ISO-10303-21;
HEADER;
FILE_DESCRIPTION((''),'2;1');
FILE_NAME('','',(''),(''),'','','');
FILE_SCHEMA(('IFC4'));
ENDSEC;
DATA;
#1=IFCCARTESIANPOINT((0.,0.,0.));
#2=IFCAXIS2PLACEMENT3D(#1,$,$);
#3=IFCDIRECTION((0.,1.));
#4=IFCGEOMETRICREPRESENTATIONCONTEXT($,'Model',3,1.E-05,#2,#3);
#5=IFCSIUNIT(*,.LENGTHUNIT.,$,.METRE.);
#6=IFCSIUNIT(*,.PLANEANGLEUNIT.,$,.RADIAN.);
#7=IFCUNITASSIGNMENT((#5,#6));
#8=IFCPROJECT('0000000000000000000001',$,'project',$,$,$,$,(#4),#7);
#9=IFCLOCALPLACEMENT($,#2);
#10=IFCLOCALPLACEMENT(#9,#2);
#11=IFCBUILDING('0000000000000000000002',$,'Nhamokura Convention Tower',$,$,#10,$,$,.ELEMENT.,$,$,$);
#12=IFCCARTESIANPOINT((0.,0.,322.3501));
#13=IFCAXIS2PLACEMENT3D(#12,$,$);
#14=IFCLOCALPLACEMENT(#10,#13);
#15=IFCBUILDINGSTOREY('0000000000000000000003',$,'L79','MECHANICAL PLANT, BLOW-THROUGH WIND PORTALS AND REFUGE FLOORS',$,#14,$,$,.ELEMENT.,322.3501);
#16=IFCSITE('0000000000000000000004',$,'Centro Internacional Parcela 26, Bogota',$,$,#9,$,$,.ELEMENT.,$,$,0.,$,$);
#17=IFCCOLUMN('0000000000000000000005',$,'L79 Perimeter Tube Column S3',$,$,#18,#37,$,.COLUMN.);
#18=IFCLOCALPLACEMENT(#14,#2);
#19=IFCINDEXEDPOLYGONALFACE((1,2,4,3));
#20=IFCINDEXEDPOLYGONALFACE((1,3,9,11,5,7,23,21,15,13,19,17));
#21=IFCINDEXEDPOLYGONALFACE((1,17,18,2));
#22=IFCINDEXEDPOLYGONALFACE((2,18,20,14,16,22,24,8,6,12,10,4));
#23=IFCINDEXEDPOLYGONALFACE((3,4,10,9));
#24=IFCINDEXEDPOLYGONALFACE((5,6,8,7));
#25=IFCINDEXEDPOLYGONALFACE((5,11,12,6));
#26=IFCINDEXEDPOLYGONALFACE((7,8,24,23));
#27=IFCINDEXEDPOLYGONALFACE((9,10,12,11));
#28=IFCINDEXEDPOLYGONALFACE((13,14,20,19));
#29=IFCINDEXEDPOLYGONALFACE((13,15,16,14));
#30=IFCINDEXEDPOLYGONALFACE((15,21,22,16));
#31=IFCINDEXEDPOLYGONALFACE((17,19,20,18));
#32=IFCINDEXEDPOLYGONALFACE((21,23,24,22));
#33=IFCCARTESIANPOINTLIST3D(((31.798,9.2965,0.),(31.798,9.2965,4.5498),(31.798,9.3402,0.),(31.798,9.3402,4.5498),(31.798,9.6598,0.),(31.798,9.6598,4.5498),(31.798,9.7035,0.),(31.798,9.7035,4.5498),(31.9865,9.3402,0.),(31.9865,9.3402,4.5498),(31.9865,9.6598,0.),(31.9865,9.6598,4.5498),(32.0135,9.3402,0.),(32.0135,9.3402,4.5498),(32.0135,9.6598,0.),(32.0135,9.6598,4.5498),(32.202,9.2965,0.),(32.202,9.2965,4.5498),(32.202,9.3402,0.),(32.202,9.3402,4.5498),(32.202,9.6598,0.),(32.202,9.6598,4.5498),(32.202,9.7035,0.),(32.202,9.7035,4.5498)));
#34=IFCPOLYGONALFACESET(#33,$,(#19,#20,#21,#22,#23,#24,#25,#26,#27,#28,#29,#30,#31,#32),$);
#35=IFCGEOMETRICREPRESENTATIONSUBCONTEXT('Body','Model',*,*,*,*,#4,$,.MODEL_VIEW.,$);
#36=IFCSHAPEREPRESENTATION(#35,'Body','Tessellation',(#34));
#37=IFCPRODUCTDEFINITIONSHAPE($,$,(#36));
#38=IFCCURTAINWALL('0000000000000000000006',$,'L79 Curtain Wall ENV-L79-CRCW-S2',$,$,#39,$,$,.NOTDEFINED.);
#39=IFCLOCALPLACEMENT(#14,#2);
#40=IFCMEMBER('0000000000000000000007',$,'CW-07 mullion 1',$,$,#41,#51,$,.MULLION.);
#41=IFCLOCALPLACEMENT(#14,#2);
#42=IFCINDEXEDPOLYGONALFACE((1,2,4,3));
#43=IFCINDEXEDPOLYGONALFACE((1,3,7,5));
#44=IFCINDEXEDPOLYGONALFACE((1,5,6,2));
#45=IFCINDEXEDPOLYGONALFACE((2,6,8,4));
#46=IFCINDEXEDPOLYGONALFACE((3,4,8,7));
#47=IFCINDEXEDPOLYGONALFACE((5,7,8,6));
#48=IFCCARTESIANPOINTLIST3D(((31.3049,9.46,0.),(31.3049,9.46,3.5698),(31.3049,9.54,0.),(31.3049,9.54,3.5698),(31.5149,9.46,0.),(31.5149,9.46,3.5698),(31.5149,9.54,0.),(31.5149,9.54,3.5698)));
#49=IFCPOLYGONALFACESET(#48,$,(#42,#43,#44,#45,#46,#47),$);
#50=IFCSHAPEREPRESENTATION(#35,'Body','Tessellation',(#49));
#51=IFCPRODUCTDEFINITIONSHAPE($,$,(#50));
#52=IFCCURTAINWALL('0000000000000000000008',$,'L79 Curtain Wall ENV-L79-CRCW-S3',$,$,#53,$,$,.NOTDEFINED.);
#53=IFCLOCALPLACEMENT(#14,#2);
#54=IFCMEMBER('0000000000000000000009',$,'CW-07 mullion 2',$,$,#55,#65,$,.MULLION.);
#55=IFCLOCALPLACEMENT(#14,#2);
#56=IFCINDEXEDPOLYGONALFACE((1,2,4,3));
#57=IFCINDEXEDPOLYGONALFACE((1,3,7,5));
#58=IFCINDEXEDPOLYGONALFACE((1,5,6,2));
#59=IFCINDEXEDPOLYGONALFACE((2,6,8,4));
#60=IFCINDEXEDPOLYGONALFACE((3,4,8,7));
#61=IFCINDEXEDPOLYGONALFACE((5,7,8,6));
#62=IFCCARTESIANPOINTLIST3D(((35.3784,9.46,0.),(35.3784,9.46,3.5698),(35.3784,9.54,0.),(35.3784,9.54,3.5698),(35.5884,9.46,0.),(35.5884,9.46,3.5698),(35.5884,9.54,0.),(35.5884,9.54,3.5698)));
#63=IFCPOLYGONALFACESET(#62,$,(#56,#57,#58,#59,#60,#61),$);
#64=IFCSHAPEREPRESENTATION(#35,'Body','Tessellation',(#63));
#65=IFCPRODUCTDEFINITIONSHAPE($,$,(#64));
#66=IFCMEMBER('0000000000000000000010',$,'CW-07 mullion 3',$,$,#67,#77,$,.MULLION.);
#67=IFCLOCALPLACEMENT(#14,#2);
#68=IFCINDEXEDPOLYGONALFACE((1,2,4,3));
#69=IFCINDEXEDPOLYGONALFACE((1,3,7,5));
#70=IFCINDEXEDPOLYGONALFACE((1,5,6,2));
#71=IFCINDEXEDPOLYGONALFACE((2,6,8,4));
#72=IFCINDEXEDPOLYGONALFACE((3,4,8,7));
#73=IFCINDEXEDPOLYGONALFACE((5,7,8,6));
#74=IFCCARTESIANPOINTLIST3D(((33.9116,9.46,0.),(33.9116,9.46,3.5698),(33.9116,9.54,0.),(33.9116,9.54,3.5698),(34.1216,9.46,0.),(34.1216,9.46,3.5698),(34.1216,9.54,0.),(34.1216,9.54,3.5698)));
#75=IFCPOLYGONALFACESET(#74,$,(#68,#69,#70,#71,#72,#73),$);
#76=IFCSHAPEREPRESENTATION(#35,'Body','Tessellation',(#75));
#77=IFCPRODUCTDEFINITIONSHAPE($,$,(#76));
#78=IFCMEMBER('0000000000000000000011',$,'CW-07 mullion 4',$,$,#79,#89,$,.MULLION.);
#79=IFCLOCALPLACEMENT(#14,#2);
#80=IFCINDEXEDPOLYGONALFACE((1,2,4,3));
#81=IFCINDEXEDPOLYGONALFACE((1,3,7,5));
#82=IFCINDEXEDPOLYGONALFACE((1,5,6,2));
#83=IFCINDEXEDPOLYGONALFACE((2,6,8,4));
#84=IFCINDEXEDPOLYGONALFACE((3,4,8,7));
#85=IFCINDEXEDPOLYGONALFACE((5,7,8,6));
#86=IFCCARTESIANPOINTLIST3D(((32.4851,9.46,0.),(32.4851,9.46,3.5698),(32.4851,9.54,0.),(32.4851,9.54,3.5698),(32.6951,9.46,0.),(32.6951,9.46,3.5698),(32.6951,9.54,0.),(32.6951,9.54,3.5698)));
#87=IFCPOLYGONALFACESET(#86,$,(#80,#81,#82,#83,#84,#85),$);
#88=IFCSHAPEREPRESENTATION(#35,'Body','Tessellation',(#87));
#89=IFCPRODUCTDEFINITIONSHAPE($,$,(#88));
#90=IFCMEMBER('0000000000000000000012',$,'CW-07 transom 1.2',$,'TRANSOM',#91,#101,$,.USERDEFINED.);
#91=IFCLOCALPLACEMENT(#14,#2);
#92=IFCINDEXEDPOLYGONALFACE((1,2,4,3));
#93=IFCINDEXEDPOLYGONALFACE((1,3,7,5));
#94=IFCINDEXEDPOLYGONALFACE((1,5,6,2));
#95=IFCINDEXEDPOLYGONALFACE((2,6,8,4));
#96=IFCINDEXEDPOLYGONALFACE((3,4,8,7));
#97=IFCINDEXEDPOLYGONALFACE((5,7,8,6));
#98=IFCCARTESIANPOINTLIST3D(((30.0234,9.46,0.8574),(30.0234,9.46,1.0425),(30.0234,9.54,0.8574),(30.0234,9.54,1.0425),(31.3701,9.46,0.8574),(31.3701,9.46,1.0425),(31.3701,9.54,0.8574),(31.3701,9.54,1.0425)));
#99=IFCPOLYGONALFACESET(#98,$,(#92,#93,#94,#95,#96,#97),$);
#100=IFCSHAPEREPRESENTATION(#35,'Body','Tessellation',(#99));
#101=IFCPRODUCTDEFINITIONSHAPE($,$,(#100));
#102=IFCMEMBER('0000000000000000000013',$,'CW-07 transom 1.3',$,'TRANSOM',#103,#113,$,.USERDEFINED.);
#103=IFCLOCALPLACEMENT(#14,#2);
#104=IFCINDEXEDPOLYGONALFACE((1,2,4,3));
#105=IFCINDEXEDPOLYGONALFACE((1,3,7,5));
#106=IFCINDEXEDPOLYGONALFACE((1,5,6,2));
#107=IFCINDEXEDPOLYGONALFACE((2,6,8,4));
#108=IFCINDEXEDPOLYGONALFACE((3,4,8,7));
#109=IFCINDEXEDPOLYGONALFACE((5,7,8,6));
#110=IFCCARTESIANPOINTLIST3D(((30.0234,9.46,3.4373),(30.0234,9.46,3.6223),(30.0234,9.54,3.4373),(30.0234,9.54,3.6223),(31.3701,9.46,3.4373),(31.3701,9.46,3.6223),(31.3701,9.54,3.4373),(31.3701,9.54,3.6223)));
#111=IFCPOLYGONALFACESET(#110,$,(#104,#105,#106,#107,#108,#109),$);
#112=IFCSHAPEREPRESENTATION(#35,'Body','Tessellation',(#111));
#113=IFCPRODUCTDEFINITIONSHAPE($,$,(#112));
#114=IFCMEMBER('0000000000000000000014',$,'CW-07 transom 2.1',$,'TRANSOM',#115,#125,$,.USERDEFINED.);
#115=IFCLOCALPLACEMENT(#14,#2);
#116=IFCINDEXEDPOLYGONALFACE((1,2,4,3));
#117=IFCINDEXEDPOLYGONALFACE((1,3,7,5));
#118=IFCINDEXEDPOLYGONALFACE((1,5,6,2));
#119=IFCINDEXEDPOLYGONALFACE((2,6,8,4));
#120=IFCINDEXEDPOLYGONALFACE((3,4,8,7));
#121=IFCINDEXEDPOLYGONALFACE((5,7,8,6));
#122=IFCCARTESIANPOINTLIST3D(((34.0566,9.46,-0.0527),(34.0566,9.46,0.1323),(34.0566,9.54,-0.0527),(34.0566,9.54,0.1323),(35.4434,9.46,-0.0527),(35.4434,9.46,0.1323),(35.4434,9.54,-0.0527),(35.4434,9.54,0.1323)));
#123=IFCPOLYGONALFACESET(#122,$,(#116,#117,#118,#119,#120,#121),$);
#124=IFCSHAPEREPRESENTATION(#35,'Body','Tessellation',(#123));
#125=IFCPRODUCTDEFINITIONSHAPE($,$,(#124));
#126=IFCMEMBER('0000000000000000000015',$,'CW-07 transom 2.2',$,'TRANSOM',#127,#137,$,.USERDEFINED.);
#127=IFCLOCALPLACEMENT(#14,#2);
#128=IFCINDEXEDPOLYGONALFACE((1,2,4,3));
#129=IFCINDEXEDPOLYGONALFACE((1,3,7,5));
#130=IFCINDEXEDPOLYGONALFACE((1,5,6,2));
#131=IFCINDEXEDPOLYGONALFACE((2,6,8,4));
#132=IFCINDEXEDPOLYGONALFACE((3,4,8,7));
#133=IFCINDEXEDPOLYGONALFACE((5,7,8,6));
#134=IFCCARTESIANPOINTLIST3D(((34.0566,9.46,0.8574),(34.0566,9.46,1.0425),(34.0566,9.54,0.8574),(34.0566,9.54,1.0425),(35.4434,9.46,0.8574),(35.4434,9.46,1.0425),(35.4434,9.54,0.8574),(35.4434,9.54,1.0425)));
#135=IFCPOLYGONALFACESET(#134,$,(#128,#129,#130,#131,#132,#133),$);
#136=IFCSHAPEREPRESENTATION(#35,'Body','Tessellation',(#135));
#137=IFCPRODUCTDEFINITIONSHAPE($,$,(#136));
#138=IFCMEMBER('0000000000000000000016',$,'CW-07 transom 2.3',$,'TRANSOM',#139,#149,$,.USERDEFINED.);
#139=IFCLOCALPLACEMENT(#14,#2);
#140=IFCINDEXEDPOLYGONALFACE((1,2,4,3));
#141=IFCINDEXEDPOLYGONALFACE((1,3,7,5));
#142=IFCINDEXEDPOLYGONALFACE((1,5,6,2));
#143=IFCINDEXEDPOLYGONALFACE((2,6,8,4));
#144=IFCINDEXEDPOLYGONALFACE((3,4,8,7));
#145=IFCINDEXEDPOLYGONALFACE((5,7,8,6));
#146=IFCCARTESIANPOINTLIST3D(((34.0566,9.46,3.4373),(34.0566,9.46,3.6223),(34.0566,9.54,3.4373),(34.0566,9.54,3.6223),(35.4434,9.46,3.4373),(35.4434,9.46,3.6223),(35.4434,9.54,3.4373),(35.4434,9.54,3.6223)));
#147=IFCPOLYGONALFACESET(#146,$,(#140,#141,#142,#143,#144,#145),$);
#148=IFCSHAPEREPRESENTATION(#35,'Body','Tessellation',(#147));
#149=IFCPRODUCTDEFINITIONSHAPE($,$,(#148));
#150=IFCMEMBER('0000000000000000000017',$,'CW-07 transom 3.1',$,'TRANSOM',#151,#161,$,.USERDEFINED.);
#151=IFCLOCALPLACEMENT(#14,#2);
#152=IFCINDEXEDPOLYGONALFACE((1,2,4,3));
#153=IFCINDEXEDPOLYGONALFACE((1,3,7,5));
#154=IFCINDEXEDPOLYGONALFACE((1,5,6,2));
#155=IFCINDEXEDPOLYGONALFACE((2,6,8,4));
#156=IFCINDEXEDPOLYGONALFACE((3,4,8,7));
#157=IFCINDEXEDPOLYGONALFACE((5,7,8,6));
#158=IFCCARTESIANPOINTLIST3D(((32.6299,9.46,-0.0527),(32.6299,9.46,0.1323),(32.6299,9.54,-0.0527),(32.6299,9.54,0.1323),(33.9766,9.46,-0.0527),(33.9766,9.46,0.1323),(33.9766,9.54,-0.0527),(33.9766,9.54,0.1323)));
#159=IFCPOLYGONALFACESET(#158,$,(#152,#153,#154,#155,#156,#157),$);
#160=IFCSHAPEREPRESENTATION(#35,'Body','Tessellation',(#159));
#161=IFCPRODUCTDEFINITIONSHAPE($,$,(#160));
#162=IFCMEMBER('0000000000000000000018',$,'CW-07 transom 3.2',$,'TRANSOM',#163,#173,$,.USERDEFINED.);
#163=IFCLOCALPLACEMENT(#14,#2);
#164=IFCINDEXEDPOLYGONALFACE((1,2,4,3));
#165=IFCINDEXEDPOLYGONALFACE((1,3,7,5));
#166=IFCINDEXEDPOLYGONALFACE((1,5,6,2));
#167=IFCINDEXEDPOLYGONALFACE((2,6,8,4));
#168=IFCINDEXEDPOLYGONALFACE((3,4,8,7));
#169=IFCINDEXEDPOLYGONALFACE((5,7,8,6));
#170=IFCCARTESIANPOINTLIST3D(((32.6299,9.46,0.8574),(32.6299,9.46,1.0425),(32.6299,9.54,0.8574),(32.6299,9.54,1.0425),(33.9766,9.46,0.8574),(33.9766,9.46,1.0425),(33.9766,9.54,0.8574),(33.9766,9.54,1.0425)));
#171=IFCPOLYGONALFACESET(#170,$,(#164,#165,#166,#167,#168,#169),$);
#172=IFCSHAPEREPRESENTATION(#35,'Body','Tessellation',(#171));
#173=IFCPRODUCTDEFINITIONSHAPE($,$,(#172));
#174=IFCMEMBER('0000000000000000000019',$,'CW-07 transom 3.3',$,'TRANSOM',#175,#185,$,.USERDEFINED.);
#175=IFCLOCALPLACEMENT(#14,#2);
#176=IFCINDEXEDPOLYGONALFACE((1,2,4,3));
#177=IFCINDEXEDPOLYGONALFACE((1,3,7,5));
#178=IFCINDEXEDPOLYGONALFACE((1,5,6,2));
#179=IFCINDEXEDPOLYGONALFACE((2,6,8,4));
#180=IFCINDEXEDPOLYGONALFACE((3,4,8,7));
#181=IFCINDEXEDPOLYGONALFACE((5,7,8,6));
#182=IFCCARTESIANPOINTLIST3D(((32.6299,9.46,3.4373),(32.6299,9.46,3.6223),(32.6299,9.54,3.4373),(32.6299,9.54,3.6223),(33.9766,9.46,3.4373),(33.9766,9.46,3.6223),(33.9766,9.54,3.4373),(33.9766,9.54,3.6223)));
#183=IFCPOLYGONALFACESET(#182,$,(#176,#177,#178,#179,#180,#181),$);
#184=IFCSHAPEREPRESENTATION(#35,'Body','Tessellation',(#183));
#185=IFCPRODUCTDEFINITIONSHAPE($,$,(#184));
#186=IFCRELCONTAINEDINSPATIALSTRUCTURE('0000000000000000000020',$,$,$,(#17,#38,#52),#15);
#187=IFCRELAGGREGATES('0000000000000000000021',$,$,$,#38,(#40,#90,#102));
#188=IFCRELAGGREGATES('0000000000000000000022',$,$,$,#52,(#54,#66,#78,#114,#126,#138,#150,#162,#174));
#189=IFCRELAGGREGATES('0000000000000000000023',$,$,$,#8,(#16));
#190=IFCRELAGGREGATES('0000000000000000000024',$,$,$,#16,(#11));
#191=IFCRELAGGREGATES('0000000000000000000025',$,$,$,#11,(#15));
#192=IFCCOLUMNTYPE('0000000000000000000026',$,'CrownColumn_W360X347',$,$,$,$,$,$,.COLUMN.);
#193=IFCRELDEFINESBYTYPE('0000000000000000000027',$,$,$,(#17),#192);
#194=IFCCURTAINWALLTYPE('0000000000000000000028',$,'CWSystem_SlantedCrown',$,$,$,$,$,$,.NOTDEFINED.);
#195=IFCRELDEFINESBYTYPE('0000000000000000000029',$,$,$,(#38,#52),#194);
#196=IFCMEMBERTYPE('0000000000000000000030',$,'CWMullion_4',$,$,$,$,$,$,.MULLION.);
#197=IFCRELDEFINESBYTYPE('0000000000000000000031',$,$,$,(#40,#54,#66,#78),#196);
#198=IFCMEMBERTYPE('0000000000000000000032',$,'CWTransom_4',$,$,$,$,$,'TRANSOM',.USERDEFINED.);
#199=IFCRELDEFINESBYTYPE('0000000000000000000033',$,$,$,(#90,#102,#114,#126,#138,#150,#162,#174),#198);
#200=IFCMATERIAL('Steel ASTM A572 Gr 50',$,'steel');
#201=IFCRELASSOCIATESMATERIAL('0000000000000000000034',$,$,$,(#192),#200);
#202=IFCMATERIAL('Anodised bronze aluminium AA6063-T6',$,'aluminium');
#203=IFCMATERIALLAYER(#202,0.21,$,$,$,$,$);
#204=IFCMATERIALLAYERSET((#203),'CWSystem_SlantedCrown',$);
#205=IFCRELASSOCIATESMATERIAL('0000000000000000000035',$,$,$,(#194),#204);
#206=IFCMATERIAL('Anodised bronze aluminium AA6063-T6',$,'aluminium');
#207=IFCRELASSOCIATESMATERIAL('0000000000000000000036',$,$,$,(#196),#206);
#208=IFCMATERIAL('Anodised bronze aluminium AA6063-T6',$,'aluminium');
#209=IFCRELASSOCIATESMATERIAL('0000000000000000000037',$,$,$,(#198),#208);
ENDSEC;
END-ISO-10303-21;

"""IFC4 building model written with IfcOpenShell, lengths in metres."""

from ifc_helpers import new_model, si_unit, direction, frame, origin, origin_2d, place, context, subcontext, project, spatial, rectangle, i_section, extrude, material, layer, layer_set, material_profile, profile_set, type_object, element, aggregate, save


model = new_model("IFC4")

# Units and contexts
model_context = context("Model", 3, precision=1e-05, world=origin(), true_north=direction((0.0, 1.0)))
body_context = subcontext(model_context, "Body", "Model", "MODEL_VIEW")
ifc_project = project(units=[si_unit("LENGTHUNIT", "METRE"), si_unit("PLANEANGLEUNIT", "RADIAN")], contexts=[model_context])

# Site, building, storey
site_placement = place(None, origin())
site = spatial("IfcSite", under=ifc_project, at=site_placement, Name="Centro Internacional Parcela 26, Bogota", CompositionType="ELEMENT", RefElevation=0.0)
building_placement = place(site_placement, origin())
building = spatial("IfcBuilding", under=site, at=building_placement, Name="Nhamokura Convention Tower", CompositionType="ELEMENT")
storey_placement = place(building_placement, frame((0.0, 0.0, 322.3501)))
storey = spatial("IfcBuildingStorey", under=building, at=storey_placement, Name="L79", Description="MECHANICAL PLANT, BLOW-THROUGH WIND PORTALS AND REFUGE FLOORS", CompositionType="ELEMENT", Elevation=322.3501)

# Column
ifc_material_1 = material(Name="Steel ASTM A572 Gr 50", Category="steel")
ifc_material_profile_1 = material_profile(ifc_material_1, i_section(OverallWidth=0.4041, OverallDepth=0.407, WebThickness=0.0271, FlangeThickness=0.0437, at=origin_2d()))
ifc_profile_set_1 = profile_set([ifc_material_profile_1], Name="Steel ASTM A572 Gr 50")
column_type = type_object("IfcColumnType", Name="CrownColumn_W360X347", PredefinedType="COLUMN", material=ifc_profile_set_1)
column_placement = place(storey_placement, frame((32.0, 9.5, 0.0), z_axis=(0.0, 0.0, 1.0), x_axis=(1.0, 0.0, 0.0)))
element("IfcColumn", 1, at=column_placement, inside=storey, type_object=column_type, Name="L79 Perimeter Tube Column S3", PredefinedType="COLUMN", context=body_context, shape_type="SweptSolid", body=[
    extrude(i_section(OverallWidth=0.4041, OverallDepth=0.407, WebThickness=0.0271, FlangeThickness=0.0437, at=origin_2d()), origin(), (0.0, 0.0, 1.0), 4.5498),
])

# Curtain wall, member
ifc_material_2 = material(Name="Anodised bronze aluminium AA6063-T6", Category="aluminium")
ifc_layer_1 = layer(ifc_material_2, 0.21)
ifc_layer_set_1 = layer_set([ifc_layer_1], Name="CWSystem_SlantedCrown")
curtain_wall_type = type_object("IfcCurtainWallType", Name="CWSystem_SlantedCrown", PredefinedType="NOTDEFINED", material=ifc_layer_set_1)
curtain_wall_1_placement = place(storey_placement, origin())
curtain_wall_1 = element("IfcCurtainWall", 2, at=curtain_wall_1_placement, inside=storey, type_object=curtain_wall_type, Name="L79 Curtain Wall ENV-L79-CRCW-S2", PredefinedType="NOTDEFINED")
ifc_material_3 = material(Name="Anodised bronze aluminium AA6063-T6", Category="aluminium")
ifc_material_profile_2 = material_profile(ifc_material_3, rectangle(XDim=0.0801, YDim=0.21, at=origin_2d()))
ifc_profile_set_2 = profile_set([ifc_material_profile_2], Name="Anodised bronze aluminium AA6063-T6")
member_type_1 = type_object("IfcMemberType", Name="CWMullion_4", PredefinedType="MULLION", material=ifc_profile_set_2)
member_1_placement = place(storey_placement, frame((31.4099, 9.5, 0.0), z_axis=(0.0, 0.0, 1.0), x_axis=(0.0, -1.0, 0.0)))
member_1 = element("IfcMember", 3, at=member_1_placement, type_object=member_type_1, Name="CW-07 mullion 1", PredefinedType="MULLION", context=body_context, shape_type="SweptSolid", body=[
    extrude(rectangle(XDim=0.0801, YDim=0.21, at=origin_2d()), origin(), (0.0, 0.0, 1.0), 3.5698),
])

# Curtain wall, members
curtain_wall_2_placement = place(storey_placement, origin())
curtain_wall_2 = element("IfcCurtainWall", 4, at=curtain_wall_2_placement, inside=storey, type_object=curtain_wall_type, Name="L79 Curtain Wall ENV-L79-CRCW-S3", PredefinedType="NOTDEFINED")
member_2_placement = place(storey_placement, frame((35.4834, 9.5, 0.0), z_axis=(0.0, 0.0, 1.0), x_axis=(0.0, -1.0, 0.0)))
member_2 = element("IfcMember", 5, at=member_2_placement, type_object=member_type_1, Name="CW-07 mullion 2", PredefinedType="MULLION", context=body_context, shape_type="SweptSolid", body=[
    extrude(rectangle(XDim=0.0801, YDim=0.21, at=origin_2d()), origin(), (0.0, 0.0, 1.0), 3.5698),
])
member_3_placement = place(storey_placement, frame((34.0166, 9.5, 0.0), z_axis=(0.0, 0.0, 1.0), x_axis=(0.0, -1.0, 0.0)))
member_3 = element("IfcMember", 6, at=member_3_placement, type_object=member_type_1, Name="CW-07 mullion 3", PredefinedType="MULLION", context=body_context, shape_type="SweptSolid", body=[
    extrude(rectangle(XDim=0.0801, YDim=0.21, at=origin_2d()), origin(), (0.0, 0.0, 1.0), 3.5698),
])
member_4_placement = place(storey_placement, frame((32.5901, 9.5, 0.0), z_axis=(0.0, 0.0, 1.0), x_axis=(0.0, -1.0, 0.0)))
member_4 = element("IfcMember", 7, at=member_4_placement, type_object=member_type_1, Name="CW-07 mullion 4", PredefinedType="MULLION", context=body_context, shape_type="SweptSolid", body=[
    extrude(rectangle(XDim=0.0801, YDim=0.21, at=origin_2d()), origin(), (0.0, 0.0, 1.0), 3.5698),
])

# Members
ifc_material_4 = material(Name="Anodised bronze aluminium AA6063-T6", Category="aluminium")
ifc_material_profile_3 = material_profile(ifc_material_4, rectangle(XDim=0.0801, YDim=0.1851, at=origin_2d()))
ifc_profile_set_3 = profile_set([ifc_material_profile_3], Name="Anodised bronze aluminium AA6063-T6")
member_type_2 = type_object("IfcMemberType", Name="CWTransom_4", ElementType="TRANSOM", PredefinedType="USERDEFINED", material=ifc_profile_set_3)
member_5_placement = place(storey_placement, frame((31.3701, 9.5, 0.95), z_axis=(-1.0, 0.0, 0.0), x_axis=(0.0, -1.0, 0.0)))
member_5 = element("IfcMember", 8, at=member_5_placement, type_object=member_type_2, Name="CW-07 transom 1.2", ObjectType="TRANSOM", PredefinedType="USERDEFINED", context=body_context, shape_type="SweptSolid", body=[
    extrude(rectangle(XDim=0.0801, YDim=0.1851, at=origin_2d()), origin(), (0.0, 0.0, 1.0), 1.3467),
])
member_6_placement = place(storey_placement, frame((31.3701, 9.5, 3.5298), z_axis=(-1.0, 0.0, 0.0), x_axis=(0.0, -1.0, 0.0)))
member_6 = element("IfcMember", 9, at=member_6_placement, type_object=member_type_2, Name="CW-07 transom 1.3", ObjectType="TRANSOM", PredefinedType="USERDEFINED", context=body_context, shape_type="SweptSolid", body=[
    extrude(rectangle(XDim=0.0801, YDim=0.1851, at=origin_2d()), origin(), (0.0, 0.0, 1.0), 1.3467),
])
aggregate(curtain_wall_1, [member_1, member_5, member_6])
member_7_placement = place(storey_placement, frame((35.4434, 9.5, 0.0398), z_axis=(-1.0, 0.0, 0.0), x_axis=(0.0, -1.0, 0.0)))
member_7 = element("IfcMember", 10, at=member_7_placement, type_object=member_type_2, Name="CW-07 transom 2.1", ObjectType="TRANSOM", PredefinedType="USERDEFINED", context=body_context, shape_type="SweptSolid", body=[
    extrude(rectangle(XDim=0.0801, YDim=0.1851, at=origin_2d()), origin(), (0.0, 0.0, 1.0), 1.3867),
])
member_8_placement = place(storey_placement, frame((35.4434, 9.5, 0.95), z_axis=(-1.0, 0.0, 0.0), x_axis=(0.0, -1.0, 0.0)))
member_8 = element("IfcMember", 11, at=member_8_placement, type_object=member_type_2, Name="CW-07 transom 2.2", ObjectType="TRANSOM", PredefinedType="USERDEFINED", context=body_context, shape_type="SweptSolid", body=[
    extrude(rectangle(XDim=0.0801, YDim=0.1851, at=origin_2d()), origin(), (0.0, 0.0, 1.0), 1.3867),
])
member_9_placement = place(storey_placement, frame((35.4434, 9.5, 3.5298), z_axis=(-1.0, 0.0, 0.0), x_axis=(0.0, -1.0, 0.0)))
member_9 = element("IfcMember", 12, at=member_9_placement, type_object=member_type_2, Name="CW-07 transom 2.3", ObjectType="TRANSOM", PredefinedType="USERDEFINED", context=body_context, shape_type="SweptSolid", body=[
    extrude(rectangle(XDim=0.0801, YDim=0.1851, at=origin_2d()), origin(), (0.0, 0.0, 1.0), 1.3867),
])
member_10_placement = place(storey_placement, frame((33.9766, 9.5, 0.0398), z_axis=(-1.0, 0.0, 0.0), x_axis=(0.0, -1.0, 0.0)))
member_10 = element("IfcMember", 13, at=member_10_placement, type_object=member_type_2, Name="CW-07 transom 3.1", ObjectType="TRANSOM", PredefinedType="USERDEFINED", context=body_context, shape_type="SweptSolid", body=[
    extrude(rectangle(XDim=0.0801, YDim=0.1851, at=origin_2d()), origin(), (0.0, 0.0, 1.0), 1.3467),
])
member_11_placement = place(storey_placement, frame((33.9766, 9.5, 0.95), z_axis=(-1.0, 0.0, 0.0), x_axis=(0.0, -1.0, 0.0)))
member_11 = element("IfcMember", 14, at=member_11_placement, type_object=member_type_2, Name="CW-07 transom 3.2", ObjectType="TRANSOM", PredefinedType="USERDEFINED", context=body_context, shape_type="SweptSolid", body=[
    extrude(rectangle(XDim=0.0801, YDim=0.1851, at=origin_2d()), origin(), (0.0, 0.0, 1.0), 1.3467),
])
member_12_placement = place(storey_placement, frame((33.9766, 9.5, 3.5298), z_axis=(-1.0, 0.0, 0.0), x_axis=(0.0, -1.0, 0.0)))
member_12 = element("IfcMember", 15, at=member_12_placement, type_object=member_type_2, Name="CW-07 transom 3.3", ObjectType="TRANSOM", PredefinedType="USERDEFINED", context=body_context, shape_type="SweptSolid", body=[
    extrude(rectangle(XDim=0.0801, YDim=0.1851, at=origin_2d()), origin(), (0.0, 0.0, 1.0), 1.3467),
])

aggregate(curtain_wall_2, [member_2, member_3, member_4, member_7, member_8, member_9, member_10, member_11, member_12])

save(model, "model.ifc")
